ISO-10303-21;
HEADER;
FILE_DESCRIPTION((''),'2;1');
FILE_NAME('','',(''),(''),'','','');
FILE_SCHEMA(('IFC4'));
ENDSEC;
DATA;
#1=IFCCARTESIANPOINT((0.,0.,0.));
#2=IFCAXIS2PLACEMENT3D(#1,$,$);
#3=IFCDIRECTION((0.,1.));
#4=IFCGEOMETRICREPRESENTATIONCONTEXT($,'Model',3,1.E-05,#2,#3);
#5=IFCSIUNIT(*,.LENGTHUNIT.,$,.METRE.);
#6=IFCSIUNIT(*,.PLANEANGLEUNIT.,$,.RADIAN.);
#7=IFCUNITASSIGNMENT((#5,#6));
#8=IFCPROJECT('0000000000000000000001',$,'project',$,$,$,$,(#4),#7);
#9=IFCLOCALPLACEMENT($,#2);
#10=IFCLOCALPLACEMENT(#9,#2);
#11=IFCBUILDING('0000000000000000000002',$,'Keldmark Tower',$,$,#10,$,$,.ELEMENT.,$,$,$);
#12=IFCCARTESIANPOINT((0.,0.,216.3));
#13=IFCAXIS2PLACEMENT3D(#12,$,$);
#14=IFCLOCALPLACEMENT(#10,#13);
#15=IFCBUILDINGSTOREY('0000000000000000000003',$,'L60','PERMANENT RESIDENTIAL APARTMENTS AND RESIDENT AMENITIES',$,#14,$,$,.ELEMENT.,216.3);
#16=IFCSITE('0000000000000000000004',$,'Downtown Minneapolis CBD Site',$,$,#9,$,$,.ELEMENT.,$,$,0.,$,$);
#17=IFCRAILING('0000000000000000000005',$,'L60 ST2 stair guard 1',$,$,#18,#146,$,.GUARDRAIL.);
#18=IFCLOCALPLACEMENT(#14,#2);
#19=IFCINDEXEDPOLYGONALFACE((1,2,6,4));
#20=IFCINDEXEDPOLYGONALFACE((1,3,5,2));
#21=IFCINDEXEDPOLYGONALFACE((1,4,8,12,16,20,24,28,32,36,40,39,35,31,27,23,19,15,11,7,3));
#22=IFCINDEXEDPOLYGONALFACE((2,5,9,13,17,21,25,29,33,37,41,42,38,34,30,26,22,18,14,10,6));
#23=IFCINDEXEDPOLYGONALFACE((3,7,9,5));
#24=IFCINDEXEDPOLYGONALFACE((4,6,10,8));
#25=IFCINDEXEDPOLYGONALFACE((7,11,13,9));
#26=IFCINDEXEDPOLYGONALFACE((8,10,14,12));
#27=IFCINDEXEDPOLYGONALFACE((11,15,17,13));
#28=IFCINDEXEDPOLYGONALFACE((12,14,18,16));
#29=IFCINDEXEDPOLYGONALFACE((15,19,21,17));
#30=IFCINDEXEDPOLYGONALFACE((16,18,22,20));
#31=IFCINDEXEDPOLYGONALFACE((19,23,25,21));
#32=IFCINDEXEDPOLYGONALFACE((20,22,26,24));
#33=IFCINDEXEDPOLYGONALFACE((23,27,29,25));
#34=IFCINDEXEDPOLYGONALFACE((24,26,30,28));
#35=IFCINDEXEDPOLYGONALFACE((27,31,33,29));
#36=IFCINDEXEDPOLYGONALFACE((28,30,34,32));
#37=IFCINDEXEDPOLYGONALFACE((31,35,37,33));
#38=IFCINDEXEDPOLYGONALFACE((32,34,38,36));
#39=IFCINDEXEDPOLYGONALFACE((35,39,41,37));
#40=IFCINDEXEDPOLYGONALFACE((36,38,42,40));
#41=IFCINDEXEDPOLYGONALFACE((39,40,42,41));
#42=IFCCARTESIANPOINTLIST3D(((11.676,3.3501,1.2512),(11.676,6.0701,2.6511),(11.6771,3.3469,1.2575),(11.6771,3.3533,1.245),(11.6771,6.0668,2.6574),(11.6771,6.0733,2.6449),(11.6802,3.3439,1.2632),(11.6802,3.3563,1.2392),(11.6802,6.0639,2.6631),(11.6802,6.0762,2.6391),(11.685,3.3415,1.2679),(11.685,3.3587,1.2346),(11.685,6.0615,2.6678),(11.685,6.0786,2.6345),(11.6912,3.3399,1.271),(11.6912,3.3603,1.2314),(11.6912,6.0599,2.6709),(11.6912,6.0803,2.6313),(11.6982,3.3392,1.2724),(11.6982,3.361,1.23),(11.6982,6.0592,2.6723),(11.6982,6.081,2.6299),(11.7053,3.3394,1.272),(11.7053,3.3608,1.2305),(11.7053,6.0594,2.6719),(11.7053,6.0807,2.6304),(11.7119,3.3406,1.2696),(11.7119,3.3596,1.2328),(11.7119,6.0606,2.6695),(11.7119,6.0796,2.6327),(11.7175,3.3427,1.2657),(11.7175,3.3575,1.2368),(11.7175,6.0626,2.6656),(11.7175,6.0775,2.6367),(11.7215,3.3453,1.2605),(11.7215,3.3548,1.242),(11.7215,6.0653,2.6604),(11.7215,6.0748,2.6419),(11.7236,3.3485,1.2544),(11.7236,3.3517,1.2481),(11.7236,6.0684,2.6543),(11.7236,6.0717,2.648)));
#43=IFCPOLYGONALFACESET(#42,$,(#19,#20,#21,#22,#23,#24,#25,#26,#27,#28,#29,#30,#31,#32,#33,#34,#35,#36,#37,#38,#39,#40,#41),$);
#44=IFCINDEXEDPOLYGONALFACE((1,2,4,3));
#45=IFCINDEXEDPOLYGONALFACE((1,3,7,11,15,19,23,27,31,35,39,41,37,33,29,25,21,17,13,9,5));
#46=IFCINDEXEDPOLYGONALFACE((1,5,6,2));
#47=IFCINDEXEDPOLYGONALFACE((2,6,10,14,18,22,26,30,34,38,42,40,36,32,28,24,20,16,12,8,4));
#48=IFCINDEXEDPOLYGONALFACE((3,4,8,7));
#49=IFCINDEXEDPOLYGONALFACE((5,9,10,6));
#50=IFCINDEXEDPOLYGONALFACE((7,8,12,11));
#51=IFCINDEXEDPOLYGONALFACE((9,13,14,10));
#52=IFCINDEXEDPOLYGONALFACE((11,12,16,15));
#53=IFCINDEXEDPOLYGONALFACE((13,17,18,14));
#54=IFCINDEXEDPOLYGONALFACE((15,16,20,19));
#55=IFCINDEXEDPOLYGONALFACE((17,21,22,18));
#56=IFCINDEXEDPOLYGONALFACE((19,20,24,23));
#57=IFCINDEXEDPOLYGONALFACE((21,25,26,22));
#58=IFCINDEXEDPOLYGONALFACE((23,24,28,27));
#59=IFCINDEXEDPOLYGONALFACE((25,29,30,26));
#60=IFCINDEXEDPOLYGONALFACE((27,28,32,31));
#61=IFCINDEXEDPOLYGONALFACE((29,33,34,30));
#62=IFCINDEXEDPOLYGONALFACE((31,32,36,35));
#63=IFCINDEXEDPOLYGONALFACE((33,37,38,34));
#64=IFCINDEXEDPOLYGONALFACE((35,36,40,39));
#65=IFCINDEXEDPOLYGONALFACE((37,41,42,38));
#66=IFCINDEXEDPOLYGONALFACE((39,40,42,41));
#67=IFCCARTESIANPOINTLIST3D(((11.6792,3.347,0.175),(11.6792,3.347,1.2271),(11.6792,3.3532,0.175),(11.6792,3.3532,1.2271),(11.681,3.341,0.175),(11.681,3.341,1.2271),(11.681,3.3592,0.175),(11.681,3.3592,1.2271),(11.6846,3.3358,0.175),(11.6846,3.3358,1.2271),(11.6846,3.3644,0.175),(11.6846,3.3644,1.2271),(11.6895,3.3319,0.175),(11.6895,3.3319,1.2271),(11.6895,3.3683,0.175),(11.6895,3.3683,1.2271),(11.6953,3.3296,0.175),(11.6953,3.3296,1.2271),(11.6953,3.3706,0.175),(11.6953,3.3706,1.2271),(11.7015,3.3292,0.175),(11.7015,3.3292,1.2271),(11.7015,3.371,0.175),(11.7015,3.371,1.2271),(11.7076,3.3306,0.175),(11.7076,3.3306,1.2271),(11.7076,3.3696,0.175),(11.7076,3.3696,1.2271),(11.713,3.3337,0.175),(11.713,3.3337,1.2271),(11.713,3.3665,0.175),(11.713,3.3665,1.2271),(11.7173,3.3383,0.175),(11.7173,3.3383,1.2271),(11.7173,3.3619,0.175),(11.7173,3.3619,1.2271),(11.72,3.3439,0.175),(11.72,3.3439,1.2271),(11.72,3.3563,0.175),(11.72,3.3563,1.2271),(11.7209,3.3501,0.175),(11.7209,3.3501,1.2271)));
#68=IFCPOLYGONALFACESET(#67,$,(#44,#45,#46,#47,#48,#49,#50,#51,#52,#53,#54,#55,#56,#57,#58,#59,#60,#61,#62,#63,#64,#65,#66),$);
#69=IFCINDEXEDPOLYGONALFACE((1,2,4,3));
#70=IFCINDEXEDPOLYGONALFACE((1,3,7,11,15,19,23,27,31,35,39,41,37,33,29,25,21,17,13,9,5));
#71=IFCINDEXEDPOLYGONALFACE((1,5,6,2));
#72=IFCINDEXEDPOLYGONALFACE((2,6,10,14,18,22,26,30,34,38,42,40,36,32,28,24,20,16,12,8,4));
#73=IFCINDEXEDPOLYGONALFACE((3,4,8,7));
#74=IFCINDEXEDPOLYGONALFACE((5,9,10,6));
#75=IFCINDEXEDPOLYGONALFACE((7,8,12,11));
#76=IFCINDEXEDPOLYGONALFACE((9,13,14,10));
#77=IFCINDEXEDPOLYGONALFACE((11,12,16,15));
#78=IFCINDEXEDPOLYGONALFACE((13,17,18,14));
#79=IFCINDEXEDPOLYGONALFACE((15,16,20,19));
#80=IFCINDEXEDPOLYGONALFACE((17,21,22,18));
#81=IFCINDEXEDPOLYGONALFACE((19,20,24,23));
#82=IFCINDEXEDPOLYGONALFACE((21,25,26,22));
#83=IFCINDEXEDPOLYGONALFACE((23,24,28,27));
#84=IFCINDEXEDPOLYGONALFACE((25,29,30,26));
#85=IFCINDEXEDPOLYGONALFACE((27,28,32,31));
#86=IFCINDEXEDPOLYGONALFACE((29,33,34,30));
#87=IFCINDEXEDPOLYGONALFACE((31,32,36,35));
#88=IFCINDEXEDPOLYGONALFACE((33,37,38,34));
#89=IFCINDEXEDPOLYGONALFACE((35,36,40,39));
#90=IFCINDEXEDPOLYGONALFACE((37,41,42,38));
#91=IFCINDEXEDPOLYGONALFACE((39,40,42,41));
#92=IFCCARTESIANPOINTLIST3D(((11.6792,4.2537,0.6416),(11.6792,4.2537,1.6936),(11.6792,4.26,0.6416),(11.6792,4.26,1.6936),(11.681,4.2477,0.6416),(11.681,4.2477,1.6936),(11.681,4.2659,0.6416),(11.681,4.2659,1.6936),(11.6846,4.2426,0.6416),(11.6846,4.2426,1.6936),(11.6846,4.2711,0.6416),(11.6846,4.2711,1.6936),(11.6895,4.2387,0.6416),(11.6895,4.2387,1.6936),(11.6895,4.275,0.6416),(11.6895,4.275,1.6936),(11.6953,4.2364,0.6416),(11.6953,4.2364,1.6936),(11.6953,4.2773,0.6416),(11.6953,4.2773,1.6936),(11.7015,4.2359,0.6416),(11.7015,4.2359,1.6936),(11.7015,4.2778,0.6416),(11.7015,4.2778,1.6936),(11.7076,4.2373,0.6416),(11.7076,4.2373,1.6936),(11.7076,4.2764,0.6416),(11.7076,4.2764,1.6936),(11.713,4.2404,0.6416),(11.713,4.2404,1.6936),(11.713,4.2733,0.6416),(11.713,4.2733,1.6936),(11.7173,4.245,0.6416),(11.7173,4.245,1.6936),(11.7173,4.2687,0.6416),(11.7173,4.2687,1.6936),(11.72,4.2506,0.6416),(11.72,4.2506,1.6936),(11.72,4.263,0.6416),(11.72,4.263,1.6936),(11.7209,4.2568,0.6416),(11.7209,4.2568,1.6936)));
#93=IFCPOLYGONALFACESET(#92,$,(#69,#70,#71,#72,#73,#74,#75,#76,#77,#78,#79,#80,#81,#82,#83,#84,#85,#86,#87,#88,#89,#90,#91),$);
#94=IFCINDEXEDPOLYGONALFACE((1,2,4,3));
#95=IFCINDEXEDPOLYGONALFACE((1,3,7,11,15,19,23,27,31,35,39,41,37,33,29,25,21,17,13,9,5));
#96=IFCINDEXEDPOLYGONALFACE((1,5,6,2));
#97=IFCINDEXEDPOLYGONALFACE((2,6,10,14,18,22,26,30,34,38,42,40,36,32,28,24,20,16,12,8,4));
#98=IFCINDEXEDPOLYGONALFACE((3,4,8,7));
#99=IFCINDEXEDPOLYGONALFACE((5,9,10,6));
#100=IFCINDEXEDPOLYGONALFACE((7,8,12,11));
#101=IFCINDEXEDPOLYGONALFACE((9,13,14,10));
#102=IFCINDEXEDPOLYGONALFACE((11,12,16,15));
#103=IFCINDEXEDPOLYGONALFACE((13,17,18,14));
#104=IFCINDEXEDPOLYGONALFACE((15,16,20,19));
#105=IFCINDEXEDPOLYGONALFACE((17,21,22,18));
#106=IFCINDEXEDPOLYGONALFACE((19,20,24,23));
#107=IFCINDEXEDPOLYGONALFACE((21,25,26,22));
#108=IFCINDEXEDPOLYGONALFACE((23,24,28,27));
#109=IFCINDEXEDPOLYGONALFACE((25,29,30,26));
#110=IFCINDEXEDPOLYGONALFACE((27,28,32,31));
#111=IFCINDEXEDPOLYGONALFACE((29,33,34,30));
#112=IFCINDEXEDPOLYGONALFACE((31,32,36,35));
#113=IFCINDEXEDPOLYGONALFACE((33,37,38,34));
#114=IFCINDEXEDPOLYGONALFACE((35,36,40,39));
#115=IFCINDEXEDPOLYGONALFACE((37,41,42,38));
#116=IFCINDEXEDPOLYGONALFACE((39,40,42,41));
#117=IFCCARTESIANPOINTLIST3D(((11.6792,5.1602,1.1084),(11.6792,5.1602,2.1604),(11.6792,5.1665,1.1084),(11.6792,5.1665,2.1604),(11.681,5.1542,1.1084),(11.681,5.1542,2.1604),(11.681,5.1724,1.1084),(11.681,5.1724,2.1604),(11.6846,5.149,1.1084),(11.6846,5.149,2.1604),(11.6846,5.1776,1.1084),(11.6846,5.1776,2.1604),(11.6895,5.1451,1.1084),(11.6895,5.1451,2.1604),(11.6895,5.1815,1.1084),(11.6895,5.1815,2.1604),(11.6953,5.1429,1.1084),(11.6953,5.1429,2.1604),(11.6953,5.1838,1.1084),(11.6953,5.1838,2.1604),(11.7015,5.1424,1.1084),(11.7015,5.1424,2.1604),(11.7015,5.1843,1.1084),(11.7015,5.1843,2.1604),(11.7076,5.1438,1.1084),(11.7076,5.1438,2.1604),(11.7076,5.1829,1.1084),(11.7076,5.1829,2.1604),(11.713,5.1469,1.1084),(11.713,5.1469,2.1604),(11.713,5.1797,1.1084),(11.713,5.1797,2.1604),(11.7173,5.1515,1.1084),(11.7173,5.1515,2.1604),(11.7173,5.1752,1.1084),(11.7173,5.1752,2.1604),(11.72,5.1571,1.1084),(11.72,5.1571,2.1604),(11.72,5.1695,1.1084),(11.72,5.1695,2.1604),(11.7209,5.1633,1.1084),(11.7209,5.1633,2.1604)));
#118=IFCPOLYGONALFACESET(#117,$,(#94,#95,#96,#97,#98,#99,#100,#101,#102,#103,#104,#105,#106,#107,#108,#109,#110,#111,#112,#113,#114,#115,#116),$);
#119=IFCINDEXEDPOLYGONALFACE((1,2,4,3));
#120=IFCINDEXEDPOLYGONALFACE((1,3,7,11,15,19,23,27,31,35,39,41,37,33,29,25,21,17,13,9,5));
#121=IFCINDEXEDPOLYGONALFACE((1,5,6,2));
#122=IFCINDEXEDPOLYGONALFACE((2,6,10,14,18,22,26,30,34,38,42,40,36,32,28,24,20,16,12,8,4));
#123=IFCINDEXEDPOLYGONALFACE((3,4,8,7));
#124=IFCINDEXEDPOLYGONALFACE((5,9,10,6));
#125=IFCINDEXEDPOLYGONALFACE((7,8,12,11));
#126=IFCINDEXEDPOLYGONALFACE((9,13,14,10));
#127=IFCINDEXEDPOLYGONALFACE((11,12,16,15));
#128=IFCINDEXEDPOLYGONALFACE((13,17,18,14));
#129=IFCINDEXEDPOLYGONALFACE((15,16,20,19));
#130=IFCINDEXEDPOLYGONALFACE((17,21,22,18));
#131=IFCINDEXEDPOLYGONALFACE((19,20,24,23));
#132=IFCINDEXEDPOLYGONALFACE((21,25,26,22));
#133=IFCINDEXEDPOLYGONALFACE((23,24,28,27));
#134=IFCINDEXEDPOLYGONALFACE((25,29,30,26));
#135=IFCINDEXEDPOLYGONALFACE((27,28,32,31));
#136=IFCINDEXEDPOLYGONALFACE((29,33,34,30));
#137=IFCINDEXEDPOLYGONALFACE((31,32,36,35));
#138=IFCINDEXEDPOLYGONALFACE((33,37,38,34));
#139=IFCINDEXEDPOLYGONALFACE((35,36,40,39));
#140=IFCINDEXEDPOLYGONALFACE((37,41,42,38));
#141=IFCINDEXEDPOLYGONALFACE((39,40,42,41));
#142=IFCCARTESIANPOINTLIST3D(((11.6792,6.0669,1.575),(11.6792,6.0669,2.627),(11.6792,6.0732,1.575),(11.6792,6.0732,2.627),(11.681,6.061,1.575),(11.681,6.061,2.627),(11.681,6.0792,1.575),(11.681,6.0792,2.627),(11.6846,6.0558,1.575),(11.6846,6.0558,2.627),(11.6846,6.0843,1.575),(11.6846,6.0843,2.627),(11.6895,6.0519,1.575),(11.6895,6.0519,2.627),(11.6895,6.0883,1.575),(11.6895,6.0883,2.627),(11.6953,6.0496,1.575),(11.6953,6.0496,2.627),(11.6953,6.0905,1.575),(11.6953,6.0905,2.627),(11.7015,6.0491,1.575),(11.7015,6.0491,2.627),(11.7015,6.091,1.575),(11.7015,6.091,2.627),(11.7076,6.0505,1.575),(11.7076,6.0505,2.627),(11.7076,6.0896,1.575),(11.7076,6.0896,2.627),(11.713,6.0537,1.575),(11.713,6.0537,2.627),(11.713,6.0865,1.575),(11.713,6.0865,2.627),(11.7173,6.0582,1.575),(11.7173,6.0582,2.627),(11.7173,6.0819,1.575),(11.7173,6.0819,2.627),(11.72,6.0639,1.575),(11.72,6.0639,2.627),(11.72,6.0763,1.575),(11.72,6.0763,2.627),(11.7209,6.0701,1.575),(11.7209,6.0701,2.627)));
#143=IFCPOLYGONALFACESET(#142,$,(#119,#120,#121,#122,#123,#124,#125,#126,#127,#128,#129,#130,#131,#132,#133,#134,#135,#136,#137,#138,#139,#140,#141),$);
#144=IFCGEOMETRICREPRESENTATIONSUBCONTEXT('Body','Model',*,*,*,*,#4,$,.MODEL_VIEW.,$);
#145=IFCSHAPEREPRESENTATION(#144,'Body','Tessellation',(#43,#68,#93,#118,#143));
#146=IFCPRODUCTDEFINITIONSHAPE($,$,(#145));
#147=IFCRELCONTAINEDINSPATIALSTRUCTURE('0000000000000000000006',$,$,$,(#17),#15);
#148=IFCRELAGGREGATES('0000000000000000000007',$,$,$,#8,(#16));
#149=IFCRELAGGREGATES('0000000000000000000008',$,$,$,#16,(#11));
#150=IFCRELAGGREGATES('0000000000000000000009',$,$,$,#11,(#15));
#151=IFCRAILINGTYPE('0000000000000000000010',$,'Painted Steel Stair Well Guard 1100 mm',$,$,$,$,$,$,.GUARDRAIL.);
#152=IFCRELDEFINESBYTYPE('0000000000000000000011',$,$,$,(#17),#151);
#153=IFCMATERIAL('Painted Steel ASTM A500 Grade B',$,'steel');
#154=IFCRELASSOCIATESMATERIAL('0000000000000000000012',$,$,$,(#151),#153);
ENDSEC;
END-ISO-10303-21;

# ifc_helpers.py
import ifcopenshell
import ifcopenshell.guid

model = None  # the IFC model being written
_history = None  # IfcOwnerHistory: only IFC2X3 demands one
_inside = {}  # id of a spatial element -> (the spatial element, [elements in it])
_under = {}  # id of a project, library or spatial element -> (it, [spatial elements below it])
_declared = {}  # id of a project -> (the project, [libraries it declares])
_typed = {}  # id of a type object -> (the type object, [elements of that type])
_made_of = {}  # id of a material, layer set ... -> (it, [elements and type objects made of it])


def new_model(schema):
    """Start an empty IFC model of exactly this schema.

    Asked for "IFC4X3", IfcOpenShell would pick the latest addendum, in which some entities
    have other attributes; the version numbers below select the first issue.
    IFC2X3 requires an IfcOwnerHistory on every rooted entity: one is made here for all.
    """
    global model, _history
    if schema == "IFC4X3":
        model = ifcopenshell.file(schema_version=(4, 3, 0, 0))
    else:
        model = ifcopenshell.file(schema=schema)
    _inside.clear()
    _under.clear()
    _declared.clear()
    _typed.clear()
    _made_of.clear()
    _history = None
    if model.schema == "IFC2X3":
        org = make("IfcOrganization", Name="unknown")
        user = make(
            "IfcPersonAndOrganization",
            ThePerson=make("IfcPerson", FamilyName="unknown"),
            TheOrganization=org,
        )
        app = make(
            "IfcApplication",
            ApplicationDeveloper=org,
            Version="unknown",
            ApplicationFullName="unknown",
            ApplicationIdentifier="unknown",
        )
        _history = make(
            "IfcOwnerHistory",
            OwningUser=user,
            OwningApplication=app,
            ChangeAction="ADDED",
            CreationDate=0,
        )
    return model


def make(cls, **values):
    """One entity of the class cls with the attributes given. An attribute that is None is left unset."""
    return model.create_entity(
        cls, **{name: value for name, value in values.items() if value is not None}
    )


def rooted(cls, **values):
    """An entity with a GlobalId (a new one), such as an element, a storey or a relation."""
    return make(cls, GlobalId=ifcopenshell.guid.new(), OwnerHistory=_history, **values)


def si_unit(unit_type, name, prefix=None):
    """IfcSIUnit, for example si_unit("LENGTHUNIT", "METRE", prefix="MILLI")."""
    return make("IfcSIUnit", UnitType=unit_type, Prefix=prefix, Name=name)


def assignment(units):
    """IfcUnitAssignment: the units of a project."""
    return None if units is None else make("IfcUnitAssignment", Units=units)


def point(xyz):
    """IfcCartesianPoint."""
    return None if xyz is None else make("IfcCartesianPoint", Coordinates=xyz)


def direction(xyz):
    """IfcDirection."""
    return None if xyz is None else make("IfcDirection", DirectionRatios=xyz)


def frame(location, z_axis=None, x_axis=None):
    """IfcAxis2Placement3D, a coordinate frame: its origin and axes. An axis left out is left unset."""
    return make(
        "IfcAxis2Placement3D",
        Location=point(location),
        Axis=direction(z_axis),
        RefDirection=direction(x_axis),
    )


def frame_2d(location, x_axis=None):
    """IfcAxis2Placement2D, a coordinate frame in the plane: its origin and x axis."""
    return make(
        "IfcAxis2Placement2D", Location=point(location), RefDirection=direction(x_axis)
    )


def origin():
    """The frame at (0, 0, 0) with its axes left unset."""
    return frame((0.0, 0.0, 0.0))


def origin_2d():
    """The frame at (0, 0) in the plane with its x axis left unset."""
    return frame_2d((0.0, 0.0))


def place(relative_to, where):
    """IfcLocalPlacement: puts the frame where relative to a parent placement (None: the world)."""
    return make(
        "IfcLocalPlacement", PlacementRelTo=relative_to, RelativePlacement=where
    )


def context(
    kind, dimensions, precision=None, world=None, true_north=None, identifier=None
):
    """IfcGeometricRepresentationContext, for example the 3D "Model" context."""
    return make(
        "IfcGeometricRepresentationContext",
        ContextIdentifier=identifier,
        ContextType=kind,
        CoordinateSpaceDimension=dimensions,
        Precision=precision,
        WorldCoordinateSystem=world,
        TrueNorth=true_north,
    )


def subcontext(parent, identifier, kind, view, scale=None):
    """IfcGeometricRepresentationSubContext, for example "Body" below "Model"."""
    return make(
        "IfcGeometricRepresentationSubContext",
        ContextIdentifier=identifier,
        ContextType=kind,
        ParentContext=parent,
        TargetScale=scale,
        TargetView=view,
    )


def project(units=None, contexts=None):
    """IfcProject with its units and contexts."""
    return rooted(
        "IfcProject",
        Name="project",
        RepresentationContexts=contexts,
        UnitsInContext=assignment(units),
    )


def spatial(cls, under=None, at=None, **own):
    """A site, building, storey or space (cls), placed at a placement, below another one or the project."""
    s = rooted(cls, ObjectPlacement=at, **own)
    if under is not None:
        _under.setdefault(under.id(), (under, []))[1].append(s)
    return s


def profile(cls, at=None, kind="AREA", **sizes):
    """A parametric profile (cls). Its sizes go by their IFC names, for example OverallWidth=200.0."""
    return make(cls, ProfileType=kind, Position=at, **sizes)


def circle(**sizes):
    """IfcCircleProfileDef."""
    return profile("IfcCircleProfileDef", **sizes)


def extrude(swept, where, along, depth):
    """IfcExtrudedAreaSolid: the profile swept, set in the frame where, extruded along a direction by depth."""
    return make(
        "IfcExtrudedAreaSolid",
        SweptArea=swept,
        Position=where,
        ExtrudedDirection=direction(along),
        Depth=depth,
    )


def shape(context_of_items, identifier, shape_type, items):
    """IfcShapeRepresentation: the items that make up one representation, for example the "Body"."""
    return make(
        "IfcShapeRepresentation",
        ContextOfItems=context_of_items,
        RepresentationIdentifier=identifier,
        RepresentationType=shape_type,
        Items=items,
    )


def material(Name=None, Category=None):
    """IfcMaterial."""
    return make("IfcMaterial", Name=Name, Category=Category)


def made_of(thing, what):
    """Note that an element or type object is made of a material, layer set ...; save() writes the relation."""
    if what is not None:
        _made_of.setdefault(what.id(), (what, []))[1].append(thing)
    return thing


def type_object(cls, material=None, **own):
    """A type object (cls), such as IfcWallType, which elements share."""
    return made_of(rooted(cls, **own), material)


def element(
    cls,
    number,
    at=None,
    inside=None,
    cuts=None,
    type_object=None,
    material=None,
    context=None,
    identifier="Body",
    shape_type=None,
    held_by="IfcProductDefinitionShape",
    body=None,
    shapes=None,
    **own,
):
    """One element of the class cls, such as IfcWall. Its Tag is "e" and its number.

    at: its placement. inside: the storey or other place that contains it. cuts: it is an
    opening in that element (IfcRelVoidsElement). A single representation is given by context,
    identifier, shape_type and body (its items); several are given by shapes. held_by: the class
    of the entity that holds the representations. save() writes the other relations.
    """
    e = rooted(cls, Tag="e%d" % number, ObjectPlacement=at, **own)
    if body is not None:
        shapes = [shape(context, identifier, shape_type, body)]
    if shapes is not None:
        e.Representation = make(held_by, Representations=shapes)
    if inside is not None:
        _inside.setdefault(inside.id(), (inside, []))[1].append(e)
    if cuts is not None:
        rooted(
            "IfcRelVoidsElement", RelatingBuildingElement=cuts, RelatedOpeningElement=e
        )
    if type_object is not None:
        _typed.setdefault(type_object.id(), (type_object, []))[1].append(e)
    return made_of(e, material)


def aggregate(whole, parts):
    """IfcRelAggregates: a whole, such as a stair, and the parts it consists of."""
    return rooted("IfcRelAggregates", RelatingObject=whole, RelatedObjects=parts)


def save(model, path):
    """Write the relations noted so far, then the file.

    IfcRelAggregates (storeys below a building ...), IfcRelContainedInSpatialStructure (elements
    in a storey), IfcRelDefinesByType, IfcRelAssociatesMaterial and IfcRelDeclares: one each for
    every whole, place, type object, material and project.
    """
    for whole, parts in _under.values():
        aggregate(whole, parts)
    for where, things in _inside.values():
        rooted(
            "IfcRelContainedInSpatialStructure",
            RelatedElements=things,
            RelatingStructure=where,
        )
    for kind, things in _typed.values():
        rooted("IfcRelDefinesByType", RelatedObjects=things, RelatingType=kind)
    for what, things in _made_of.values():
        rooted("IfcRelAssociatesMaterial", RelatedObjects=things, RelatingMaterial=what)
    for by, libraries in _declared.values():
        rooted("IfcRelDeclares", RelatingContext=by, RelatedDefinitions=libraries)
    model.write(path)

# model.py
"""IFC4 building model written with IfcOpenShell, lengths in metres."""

from ifc_helpers import new_model, si_unit, direction, frame, origin, origin_2d, place, context, subcontext, project, spatial, circle, extrude, material, type_object, element, save


model = new_model("IFC4")

# Units and contexts
model_context = context("Model", 3, precision=1e-05, world=origin(), true_north=direction((0.0, 1.0)))
body_context = subcontext(model_context, "Body", "Model", "MODEL_VIEW")
ifc_project = project(units=[si_unit("LENGTHUNIT", "METRE"), si_unit("PLANEANGLEUNIT", "RADIAN")], contexts=[model_context])

# Site, building, storey
site_placement = place(None, origin())
site = spatial("IfcSite", under=ifc_project, at=site_placement, Name="Downtown Minneapolis CBD Site", CompositionType="ELEMENT", RefElevation=0.0)
building_placement = place(site_placement, origin())
building = spatial("IfcBuilding", under=site, at=building_placement, Name="Keldmark Tower", CompositionType="ELEMENT")
storey_placement = place(building_placement, frame((0.0, 0.0, 216.3)))
storey = spatial("IfcBuildingStorey", under=building, at=storey_placement, Name="L60", Description="PERMANENT RESIDENTIAL APARTMENTS AND RESIDENT AMENITIES", CompositionType="ELEMENT", Elevation=216.3)

# Railing
ifc_material_1 = material(Name="Painted Steel ASTM A500 Grade B", Category="steel")
railing_type_1 = type_object("IfcRailingType", Name="Painted Steel Stair Well Guard 1100 mm", PredefinedType="GUARDRAIL", material=ifc_material_1)
railing_1_placement = place(storey_placement, frame((11.7, 3.3501, 0.175)))
element("IfcRailing", 1, at=railing_1_placement, inside=storey, type_object=railing_type_1, Name="L60 ST2 stair guard 1", PredefinedType="GUARDRAIL", context=body_context, shape_type="SweptSolid", body=[
    extrude(circle(Radius=0.0239, at=origin_2d()), frame((0.0, 0.0, 1.0762), z_axis=(0.0, 0.889147, 0.457622), x_axis=(-1.0, 0.0, 0.0)), (0.0, 0.0, 1.0), 3.0591),
    extrude(circle(Radius=0.021, at=origin_2d()), origin(), (0.0, 0.0, 1.0), 1.052),
    extrude(circle(Radius=0.021, at=origin_2d()), frame((0.0, 0.9067, 0.4666)), (0.0, 0.0, 1.0), 1.052),
    extrude(circle(Radius=0.021, at=origin_2d()), frame((0.0, 1.8132, 0.9333)), (0.0, 0.0, 1.0), 1.052),
    extrude(circle(Radius=0.021, at=origin_2d()), frame((0.0, 2.72, 1.3999)), (0.0, 0.0, 1.0), 1.052),
])

save(model, "model.ifc")
